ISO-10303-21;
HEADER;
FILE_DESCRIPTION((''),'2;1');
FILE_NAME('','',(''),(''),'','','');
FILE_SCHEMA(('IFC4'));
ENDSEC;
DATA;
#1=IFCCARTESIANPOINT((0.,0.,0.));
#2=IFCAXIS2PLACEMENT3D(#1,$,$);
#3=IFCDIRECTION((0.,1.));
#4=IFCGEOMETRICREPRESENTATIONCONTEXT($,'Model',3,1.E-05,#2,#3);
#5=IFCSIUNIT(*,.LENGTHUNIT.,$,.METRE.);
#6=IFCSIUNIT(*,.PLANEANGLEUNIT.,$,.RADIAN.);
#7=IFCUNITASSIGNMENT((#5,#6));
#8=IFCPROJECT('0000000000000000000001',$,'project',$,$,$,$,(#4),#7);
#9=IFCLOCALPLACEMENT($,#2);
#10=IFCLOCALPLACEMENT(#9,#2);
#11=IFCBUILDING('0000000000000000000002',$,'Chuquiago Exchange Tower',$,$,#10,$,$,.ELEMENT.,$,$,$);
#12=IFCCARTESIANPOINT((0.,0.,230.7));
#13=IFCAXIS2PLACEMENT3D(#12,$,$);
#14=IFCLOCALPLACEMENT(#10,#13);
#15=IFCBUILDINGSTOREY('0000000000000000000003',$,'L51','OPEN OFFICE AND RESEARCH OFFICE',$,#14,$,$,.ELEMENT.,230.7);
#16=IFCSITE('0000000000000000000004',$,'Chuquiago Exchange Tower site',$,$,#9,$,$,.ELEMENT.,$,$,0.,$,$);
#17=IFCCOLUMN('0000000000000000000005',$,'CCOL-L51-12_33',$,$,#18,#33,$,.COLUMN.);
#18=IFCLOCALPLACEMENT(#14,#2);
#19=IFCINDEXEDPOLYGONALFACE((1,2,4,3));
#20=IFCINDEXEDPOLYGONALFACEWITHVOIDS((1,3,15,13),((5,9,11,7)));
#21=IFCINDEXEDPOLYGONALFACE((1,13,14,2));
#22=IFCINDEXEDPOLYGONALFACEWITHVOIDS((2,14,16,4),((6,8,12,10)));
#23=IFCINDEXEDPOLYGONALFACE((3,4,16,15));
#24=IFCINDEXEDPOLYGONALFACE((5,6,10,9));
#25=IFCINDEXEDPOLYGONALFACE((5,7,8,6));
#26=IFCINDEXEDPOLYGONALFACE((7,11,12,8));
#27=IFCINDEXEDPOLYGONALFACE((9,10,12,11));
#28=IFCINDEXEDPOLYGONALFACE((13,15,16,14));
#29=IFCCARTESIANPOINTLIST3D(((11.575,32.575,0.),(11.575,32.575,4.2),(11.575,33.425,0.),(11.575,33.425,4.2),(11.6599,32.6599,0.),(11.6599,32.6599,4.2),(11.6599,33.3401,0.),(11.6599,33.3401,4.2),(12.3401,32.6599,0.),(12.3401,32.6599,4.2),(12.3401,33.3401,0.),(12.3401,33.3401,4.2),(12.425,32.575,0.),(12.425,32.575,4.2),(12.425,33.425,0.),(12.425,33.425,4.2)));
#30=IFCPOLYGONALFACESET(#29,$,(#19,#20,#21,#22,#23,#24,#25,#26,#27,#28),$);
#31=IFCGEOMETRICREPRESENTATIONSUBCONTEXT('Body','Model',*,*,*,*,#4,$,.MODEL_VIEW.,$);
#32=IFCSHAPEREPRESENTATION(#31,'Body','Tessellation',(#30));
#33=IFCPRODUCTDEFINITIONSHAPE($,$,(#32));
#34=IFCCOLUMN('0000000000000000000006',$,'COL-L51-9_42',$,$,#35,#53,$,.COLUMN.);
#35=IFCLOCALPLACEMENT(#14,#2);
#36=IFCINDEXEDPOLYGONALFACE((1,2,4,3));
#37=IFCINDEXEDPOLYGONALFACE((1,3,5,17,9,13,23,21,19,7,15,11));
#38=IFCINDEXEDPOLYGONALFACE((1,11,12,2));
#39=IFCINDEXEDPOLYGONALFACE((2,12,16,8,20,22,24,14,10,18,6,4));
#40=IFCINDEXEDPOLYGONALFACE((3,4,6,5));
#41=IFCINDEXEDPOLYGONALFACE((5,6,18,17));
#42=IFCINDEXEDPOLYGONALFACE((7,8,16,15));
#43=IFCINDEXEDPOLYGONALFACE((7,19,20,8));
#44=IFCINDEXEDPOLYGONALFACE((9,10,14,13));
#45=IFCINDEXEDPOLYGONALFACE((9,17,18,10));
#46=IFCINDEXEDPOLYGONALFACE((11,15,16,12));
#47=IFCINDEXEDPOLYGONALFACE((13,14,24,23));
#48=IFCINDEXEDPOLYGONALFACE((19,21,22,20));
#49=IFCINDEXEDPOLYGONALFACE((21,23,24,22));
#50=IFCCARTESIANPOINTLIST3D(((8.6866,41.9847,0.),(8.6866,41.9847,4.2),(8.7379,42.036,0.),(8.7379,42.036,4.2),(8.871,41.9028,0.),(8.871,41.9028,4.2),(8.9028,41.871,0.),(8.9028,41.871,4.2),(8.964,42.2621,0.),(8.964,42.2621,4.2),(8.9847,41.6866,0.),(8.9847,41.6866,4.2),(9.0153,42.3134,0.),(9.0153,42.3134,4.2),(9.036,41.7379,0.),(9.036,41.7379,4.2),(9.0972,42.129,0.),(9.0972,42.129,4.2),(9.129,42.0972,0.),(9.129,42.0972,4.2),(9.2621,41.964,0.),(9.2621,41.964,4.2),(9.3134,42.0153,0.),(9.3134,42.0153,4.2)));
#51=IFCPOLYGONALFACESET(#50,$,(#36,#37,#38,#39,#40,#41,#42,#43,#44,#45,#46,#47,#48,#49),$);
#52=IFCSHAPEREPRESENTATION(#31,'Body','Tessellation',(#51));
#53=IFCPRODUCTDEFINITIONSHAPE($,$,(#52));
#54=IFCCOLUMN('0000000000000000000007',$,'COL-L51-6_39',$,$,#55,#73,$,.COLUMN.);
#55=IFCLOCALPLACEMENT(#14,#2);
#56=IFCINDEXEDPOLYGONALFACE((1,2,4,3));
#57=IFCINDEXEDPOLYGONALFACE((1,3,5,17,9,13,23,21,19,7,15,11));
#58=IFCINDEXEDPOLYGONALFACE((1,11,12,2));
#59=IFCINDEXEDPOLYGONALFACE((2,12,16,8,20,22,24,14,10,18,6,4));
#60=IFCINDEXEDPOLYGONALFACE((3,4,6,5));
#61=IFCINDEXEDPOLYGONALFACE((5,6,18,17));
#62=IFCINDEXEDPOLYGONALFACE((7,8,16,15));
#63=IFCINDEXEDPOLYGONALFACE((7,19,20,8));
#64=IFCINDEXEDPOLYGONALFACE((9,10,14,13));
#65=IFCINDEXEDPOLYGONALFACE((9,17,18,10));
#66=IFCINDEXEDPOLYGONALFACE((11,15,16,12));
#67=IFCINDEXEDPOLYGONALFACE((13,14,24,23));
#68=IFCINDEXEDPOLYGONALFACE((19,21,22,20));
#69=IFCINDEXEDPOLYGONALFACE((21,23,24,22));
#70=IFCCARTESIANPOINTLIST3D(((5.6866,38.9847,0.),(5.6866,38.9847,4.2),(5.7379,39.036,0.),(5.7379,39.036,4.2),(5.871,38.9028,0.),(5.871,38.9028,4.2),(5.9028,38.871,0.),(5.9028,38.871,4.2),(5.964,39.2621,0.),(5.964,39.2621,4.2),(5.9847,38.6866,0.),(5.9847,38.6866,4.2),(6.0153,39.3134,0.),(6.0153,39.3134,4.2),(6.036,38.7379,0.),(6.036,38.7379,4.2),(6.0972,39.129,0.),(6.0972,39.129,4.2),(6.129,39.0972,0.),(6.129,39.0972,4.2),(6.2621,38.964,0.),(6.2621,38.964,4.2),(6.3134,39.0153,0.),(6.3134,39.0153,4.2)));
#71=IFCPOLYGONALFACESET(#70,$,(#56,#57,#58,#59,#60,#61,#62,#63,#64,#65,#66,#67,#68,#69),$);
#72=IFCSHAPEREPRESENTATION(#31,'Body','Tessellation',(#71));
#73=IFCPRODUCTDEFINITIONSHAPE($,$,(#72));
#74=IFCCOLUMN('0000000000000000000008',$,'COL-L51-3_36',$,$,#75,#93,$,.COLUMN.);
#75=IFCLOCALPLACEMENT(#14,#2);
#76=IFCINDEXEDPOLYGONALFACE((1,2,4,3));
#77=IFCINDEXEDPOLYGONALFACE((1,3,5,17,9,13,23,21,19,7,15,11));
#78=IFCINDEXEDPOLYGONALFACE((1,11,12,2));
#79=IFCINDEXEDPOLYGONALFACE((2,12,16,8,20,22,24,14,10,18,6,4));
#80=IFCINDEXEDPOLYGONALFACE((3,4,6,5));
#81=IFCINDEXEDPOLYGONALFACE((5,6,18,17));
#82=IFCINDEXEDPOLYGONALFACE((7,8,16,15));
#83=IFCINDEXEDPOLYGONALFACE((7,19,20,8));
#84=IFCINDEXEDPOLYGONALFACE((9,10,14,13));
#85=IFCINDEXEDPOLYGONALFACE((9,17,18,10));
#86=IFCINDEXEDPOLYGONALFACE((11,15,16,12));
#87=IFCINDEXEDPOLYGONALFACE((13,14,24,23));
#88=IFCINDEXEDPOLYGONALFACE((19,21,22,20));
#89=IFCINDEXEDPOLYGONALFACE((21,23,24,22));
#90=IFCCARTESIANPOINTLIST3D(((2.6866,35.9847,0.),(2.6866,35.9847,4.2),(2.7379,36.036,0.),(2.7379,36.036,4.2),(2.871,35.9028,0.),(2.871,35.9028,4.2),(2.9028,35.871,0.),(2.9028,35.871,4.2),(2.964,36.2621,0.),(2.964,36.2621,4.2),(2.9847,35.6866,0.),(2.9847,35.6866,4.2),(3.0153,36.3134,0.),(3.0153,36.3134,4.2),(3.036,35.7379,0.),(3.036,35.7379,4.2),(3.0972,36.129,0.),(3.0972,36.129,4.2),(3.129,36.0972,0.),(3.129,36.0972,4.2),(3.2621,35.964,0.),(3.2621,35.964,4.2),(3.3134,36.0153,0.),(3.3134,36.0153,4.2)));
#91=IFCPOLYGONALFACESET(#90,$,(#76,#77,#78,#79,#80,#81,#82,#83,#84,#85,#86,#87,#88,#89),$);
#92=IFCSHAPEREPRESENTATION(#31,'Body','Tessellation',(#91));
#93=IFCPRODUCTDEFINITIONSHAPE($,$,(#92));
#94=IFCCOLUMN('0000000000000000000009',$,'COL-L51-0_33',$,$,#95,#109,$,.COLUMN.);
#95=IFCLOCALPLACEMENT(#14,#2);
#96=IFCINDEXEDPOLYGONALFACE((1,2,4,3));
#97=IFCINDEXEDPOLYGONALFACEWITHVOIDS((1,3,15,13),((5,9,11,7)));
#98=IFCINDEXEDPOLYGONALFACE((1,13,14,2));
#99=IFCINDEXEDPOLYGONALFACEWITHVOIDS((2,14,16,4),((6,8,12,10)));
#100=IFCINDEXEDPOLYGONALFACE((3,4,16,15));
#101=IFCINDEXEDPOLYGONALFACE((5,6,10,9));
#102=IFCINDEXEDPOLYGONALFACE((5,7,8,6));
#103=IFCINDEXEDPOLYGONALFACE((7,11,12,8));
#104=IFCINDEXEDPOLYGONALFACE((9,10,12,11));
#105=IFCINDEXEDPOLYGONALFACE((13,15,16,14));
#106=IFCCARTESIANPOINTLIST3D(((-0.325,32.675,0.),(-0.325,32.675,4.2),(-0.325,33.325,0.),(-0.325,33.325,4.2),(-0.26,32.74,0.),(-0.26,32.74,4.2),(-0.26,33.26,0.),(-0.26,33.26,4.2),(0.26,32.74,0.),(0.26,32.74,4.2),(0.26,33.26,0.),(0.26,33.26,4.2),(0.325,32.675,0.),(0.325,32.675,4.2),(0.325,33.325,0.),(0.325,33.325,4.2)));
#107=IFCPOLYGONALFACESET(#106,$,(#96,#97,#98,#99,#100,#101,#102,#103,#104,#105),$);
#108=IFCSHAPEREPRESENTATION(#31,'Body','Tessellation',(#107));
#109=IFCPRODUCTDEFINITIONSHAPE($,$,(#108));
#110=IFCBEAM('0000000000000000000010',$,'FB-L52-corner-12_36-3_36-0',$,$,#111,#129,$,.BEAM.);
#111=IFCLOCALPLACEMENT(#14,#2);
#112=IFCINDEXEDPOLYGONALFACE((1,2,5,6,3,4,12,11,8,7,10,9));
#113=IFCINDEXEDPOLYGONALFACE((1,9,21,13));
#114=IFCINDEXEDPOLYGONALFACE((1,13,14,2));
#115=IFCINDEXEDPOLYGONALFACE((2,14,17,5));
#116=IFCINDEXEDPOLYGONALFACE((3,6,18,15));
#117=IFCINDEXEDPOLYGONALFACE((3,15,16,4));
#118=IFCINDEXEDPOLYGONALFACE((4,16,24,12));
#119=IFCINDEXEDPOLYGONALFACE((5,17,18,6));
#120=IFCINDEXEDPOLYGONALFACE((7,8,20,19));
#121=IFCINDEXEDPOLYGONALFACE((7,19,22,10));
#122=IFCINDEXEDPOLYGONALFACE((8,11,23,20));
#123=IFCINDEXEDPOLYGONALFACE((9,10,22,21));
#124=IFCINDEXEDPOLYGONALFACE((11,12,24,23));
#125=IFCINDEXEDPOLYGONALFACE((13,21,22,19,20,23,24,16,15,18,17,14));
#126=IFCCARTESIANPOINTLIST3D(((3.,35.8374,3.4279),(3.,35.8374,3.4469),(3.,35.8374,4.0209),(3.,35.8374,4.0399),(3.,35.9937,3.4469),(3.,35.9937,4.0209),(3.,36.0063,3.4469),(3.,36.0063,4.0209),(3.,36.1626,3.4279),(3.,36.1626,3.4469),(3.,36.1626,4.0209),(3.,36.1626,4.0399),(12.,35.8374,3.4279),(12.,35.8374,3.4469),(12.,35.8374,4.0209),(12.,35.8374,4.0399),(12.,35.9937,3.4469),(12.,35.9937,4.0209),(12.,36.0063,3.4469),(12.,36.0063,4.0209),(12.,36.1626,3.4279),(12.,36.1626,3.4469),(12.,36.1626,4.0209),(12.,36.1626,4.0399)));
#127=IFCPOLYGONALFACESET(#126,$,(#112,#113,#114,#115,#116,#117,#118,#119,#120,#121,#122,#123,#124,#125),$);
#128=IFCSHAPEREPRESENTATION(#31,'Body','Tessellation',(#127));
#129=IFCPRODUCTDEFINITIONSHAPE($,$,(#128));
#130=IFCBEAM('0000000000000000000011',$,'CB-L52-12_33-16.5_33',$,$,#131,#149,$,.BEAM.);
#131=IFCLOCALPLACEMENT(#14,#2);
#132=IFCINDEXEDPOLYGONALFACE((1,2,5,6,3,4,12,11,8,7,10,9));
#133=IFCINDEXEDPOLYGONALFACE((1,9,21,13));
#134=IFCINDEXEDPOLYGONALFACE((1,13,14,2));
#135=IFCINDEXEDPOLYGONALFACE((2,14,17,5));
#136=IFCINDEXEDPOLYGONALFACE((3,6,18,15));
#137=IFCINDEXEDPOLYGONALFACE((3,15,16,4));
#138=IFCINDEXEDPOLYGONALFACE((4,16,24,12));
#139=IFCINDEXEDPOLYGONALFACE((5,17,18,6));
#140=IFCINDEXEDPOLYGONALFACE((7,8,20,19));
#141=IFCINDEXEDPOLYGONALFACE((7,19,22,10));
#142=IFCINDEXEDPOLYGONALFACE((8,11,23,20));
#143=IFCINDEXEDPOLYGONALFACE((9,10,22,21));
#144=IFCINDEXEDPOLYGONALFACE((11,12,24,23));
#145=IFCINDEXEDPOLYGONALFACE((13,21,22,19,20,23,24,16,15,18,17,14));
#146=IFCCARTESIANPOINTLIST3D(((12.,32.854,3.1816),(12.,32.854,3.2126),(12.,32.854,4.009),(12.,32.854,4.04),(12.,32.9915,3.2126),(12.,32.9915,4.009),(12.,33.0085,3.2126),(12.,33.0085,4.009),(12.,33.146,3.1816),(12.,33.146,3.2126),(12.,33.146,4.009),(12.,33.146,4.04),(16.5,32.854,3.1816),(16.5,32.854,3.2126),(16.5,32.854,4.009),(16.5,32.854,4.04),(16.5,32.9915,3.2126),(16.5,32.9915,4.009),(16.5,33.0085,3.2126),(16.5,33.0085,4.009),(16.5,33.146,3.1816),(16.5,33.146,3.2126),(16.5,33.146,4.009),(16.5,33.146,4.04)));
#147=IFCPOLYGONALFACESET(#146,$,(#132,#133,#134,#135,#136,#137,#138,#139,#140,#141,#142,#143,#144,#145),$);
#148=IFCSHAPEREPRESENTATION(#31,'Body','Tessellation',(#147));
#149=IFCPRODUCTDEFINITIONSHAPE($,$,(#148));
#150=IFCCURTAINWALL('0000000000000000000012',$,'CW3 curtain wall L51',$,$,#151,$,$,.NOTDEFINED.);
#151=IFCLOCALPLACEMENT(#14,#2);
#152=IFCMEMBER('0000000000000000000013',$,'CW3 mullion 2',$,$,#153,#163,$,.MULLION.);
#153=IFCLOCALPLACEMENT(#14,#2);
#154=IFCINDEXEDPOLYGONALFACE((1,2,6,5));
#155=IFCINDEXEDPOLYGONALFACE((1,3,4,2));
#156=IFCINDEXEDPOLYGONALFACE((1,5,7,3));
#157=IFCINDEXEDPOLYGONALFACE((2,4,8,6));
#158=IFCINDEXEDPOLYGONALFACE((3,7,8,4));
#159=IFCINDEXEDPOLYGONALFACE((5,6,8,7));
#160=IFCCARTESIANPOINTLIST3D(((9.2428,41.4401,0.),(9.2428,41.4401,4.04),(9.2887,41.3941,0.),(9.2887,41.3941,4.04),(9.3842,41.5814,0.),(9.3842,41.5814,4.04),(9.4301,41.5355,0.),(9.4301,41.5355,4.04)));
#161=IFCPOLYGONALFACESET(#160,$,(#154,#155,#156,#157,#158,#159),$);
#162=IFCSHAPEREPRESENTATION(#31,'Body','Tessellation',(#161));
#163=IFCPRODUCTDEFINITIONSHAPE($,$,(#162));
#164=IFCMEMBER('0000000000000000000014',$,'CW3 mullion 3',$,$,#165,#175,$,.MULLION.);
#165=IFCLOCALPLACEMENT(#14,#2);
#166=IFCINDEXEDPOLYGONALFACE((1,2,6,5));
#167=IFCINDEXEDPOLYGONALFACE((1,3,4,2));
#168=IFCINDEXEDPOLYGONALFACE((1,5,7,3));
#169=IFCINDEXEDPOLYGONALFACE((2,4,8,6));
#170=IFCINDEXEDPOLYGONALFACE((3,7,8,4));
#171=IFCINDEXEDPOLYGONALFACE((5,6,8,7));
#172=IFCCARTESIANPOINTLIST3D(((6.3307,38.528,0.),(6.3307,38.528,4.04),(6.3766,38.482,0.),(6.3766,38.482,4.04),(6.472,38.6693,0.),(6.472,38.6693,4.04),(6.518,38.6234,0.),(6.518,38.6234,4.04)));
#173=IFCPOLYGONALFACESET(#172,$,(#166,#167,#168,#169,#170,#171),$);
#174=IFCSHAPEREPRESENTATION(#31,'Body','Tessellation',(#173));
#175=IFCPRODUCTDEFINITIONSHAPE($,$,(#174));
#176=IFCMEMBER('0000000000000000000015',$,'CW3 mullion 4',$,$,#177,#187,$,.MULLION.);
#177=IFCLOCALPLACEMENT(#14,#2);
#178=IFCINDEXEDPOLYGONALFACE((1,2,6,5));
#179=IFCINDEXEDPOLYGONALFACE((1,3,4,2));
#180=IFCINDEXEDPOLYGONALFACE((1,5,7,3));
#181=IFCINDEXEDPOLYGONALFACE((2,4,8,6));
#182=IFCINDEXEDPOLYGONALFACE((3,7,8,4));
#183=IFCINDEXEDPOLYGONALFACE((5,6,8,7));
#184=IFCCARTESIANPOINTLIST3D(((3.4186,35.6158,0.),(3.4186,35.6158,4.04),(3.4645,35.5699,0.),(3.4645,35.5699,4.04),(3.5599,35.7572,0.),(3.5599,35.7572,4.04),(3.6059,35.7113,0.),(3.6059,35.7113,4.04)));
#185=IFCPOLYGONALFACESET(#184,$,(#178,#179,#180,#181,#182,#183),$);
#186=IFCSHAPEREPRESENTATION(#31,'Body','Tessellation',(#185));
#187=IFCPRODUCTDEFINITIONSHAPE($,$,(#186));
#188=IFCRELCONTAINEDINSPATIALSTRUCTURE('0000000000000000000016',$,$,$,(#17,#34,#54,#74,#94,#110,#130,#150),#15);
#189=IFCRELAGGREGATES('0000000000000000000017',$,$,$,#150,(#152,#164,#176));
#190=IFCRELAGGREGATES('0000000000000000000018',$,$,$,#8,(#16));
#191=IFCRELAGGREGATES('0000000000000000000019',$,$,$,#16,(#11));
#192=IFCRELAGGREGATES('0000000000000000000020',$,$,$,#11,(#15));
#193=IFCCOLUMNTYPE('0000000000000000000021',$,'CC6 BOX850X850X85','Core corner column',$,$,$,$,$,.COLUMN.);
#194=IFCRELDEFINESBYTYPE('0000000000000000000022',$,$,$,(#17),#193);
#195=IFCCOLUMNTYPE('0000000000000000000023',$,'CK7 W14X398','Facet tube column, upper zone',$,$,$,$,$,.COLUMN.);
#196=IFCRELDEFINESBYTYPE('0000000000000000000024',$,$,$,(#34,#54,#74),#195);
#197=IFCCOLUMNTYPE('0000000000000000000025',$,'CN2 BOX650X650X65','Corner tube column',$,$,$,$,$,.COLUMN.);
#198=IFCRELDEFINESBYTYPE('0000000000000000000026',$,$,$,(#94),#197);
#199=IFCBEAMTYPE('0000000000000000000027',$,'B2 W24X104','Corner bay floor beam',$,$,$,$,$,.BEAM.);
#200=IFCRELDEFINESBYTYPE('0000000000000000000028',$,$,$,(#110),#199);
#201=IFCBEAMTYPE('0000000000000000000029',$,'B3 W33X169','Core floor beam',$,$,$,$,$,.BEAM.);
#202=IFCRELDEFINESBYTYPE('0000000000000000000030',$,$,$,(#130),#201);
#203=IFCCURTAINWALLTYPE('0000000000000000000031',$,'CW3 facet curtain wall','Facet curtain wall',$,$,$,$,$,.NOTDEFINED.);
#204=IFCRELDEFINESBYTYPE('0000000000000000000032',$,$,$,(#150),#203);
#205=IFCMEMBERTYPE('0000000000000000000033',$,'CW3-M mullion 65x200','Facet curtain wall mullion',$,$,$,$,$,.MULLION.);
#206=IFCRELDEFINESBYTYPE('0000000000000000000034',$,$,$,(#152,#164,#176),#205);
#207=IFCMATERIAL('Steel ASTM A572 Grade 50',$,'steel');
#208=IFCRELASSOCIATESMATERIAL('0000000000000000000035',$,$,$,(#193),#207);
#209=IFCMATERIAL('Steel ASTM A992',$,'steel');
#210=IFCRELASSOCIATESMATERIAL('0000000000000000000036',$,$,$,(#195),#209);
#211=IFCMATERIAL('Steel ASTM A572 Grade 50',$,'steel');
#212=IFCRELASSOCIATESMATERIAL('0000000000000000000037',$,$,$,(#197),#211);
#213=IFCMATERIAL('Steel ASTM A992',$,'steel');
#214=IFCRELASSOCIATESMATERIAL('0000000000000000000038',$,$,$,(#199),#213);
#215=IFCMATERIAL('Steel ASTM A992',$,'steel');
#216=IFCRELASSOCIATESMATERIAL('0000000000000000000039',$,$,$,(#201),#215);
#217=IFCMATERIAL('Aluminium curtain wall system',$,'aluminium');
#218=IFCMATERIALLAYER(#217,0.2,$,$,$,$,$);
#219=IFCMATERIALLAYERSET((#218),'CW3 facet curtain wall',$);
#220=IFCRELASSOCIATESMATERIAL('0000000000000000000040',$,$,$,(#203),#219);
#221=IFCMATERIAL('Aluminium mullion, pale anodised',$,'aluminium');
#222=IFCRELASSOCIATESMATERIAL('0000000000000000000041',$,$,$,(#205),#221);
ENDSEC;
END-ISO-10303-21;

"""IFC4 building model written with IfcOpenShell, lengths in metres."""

from ifc_helpers import new_model, si_unit, direction, frame, origin, origin_2d, place, context, subcontext, project, spatial, rectangle, hollow_rectangle, i_section, extrude, material, layer, layer_set, material_profile, profile_set, type_object, element, aggregate, save


model = new_model("IFC4")

# Units and contexts
model_context = context("Model", 3, precision=1e-05, world=origin(), true_north=direction((0.0, 1.0)))
body_context = subcontext(model_context, "Body", "Model", "MODEL_VIEW")
ifc_project = project(units=[si_unit("LENGTHUNIT", "METRE"), si_unit("PLANEANGLEUNIT", "RADIAN")], contexts=[model_context])

# Site, building, storey
site_placement = place(None, origin())
site = spatial("IfcSite", under=ifc_project, at=site_placement, Name="Chuquiago Exchange Tower site", CompositionType="ELEMENT", RefElevation=0.0)
building_placement = place(site_placement, origin())
building = spatial("IfcBuilding", under=site, at=building_placement, Name="Chuquiago Exchange Tower", CompositionType="ELEMENT")
storey_placement = place(building_placement, frame((0.0, 0.0, 230.7)))
storey = spatial("IfcBuildingStorey", under=building, at=storey_placement, Name="L51", Description="OPEN OFFICE AND RESEARCH OFFICE", CompositionType="ELEMENT", Elevation=230.7)

# Columns
ifc_material_1 = material(Name="Steel ASTM A572 Grade 50", Category="steel")
ifc_material_profile_1 = material_profile(ifc_material_1, hollow_rectangle(XDim=0.8501, YDim=0.8501, WallThickness=0.085, at=origin_2d()), Name="BOX850X850X85")
ifc_profile_set_1 = profile_set([ifc_material_profile_1], Name="Steel ASTM A572 Grade 50")
column_type_1 = type_object("IfcColumnType", Name="CC6 BOX850X850X85", Description="Core corner column", PredefinedType="COLUMN", material=ifc_profile_set_1)
column_1_placement = place(storey_placement, frame((12.0, 33.0, 0.0), z_axis=(0.0, 0.0, 1.0), x_axis=(1.0, 0.0, 0.0)))
element("IfcColumn", 1, at=column_1_placement, inside=storey, type_object=column_type_1, Name="CCOL-L51-12_33", PredefinedType="COLUMN", context=body_context, shape_type="SweptSolid", body=[
    extrude(hollow_rectangle(XDim=0.8501, YDim=0.8501, WallThickness=0.085, at=origin_2d()), origin(), (0.0, 0.0, 1.0), 4.2),
])
ifc_material_2 = material(Name="Steel ASTM A992", Category="steel")
ifc_material_profile_2 = material_profile(ifc_material_2, i_section(OverallWidth=0.4216, OverallDepth=0.4648, WebThickness=0.0449, FlangeThickness=0.0725, at=origin_2d()), Name="W14X398")
ifc_profile_set_2 = profile_set([ifc_material_profile_2], Name="Steel ASTM A992")
column_type_2 = type_object("IfcColumnType", Name="CK7 W14X398", Description="Facet tube column, upper zone", PredefinedType="COLUMN", material=ifc_profile_set_2)
for number, where, z_axis, x_axis, name in (
    (2, (9.0, 42.0, 0.0), (0.0, 0.0, 1.0), (-0.707107, 0.707107, 0.0), "COL-L51-9_42"),
    (3, (6.0, 39.0, 0.0), (0.0, 0.0, 1.0), (-0.707107, 0.707107, 0.0), "COL-L51-6_39"),
    (4, (3.0, 36.0, 0.0), (0.0, 0.0, 1.0), (-0.707107, 0.707107, 0.0), "COL-L51-3_36"),
):
    element("IfcColumn", number, at=place(storey_placement, frame(where, z_axis=z_axis, x_axis=x_axis)), inside=storey, type_object=column_type_2, Name=name, PredefinedType="COLUMN", context=body_context, shape_type="SweptSolid", body=[
        extrude(i_section(OverallWidth=0.4216, OverallDepth=0.4648, WebThickness=0.0449, FlangeThickness=0.0725, at=origin_2d()), origin(), (0.0, 0.0, 1.0), 4.2),
    ])
ifc_material_3 = material(Name="Steel ASTM A572 Grade 50", Category="steel")
ifc_material_profile_3 = material_profile(ifc_material_3, hollow_rectangle(XDim=0.6499, YDim=0.6499, WallThickness=0.0649, at=origin_2d()), Name="BOX650X650X65")
ifc_profile_set_3 = profile_set([ifc_material_profile_3], Name="Steel ASTM A572 Grade 50")
column_type_3 = type_object("IfcColumnType", Name="CN2 BOX650X650X65", Description="Corner tube column", PredefinedType="COLUMN", material=ifc_profile_set_3)
column_2_placement = place(storey_placement, frame((0.0, 33.0, 0.0), z_axis=(0.0, 0.0, 1.0), x_axis=(-1.0, 0.0, 0.0)))
element("IfcColumn", 5, at=column_2_placement, inside=storey, type_object=column_type_3, Name="COL-L51-0_33", PredefinedType="COLUMN", context=body_context, shape_type="SweptSolid", body=[
    extrude(hollow_rectangle(XDim=0.6499, YDim=0.6499, WallThickness=0.0649, at=origin_2d()), origin(), (0.0, 0.0, 1.0), 4.2),
])

# Beams
ifc_material_4 = material(Name="Steel ASTM A992", Category="steel")
ifc_material_profile_4 = material_profile(ifc_material_4, i_section(OverallWidth=0.3252, OverallDepth=0.6121, WebThickness=0.0127, FlangeThickness=0.019, at=origin_2d()), Name="W24X104")
ifc_profile_set_4 = profile_set([ifc_material_profile_4], Name="Steel ASTM A992")
beam_type_1 = type_object("IfcBeamType", Name="B2 W24X104", Description="Corner bay floor beam", PredefinedType="BEAM", material=ifc_profile_set_4)
beam_1_placement = place(storey_placement, frame((12.0, 36.0, 3.7339), z_axis=(-1.0, 0.0, 0.0), x_axis=(0.0, -1.0, 0.0)))
element("IfcBeam", 6, at=beam_1_placement, inside=storey, type_object=beam_type_1, Name="FB-L52-corner-12_36-3_36-0", PredefinedType="BEAM", context=body_context, shape_type="SweptSolid", body=[
    extrude(i_section(OverallWidth=0.3252, OverallDepth=0.6121, WebThickness=0.0127, FlangeThickness=0.019, at=origin_2d()), origin(), (0.0, 0.0, 1.0), 9.0),
])
ifc_material_5 = material(Name="Steel ASTM A992", Category="steel")
ifc_material_profile_5 = material_profile(ifc_material_5, i_section(OverallWidth=0.292, OverallDepth=0.8584, WebThickness=0.0171, FlangeThickness=0.031, at=origin_2d()), Name="W33X169")
ifc_profile_set_5 = profile_set([ifc_material_profile_5], Name="Steel ASTM A992")
beam_type_2 = type_object("IfcBeamType", Name="B3 W33X169", Description="Core floor beam", PredefinedType="BEAM", material=ifc_profile_set_5)
beam_2_placement = place(storey_placement, frame((12.0, 33.0, 3.6108), z_axis=(1.0, 0.0, 0.0), x_axis=(0.0, 1.0, 0.0)))
element("IfcBeam", 7, at=beam_2_placement, inside=storey, type_object=beam_type_2, Name="CB-L52-12_33-16.5_33", PredefinedType="BEAM", context=body_context, shape_type="SweptSolid", body=[
    extrude(i_section(OverallWidth=0.292, OverallDepth=0.8584, WebThickness=0.0171, FlangeThickness=0.031, at=origin_2d()), origin(), (0.0, 0.0, 1.0), 4.5),
])

# Curtain wall, members
ifc_material_6 = material(Name="Aluminium curtain wall system", Category="aluminium")
ifc_layer_1 = layer(ifc_material_6, 0.2)
ifc_layer_set_1 = layer_set([ifc_layer_1], Name="CW3 facet curtain wall")
curtain_wall_type = type_object("IfcCurtainWallType", Name="CW3 facet curtain wall", Description="Facet curtain wall", PredefinedType="NOTDEFINED", material=ifc_layer_set_1)
curtain_wall_placement = place(storey_placement, origin())
curtain_wall = element("IfcCurtainWall", 8, at=curtain_wall_placement, inside=storey, type_object=curtain_wall_type, Name="CW3 curtain wall L51", PredefinedType="NOTDEFINED")
ifc_material_7 = material(Name="Aluminium mullion, pale anodised", Category="aluminium")
ifc_material_profile_6 = material_profile(ifc_material_7, rectangle(XDim=0.0649, YDim=0.2, at=origin_2d()), Name="AL 65x200")
ifc_profile_set_6 = profile_set([ifc_material_profile_6], Name="Aluminium mullion, pale anodised")
member_type_1 = type_object("IfcMemberType", Name="CW3-M mullion 65x200", Description="Facet curtain wall mullion", PredefinedType="MULLION", material=ifc_profile_set_6)
member_1_placement = place(storey_placement, frame((9.3364, 41.4878, 0.0), z_axis=(0.0, 0.0, 1.0), x_axis=(0.707107, -0.707107, 0.0)))
member_1 = element("IfcMember", 9, at=member_1_placement, type_object=member_type_1, Name="CW3 mullion 2", PredefinedType="MULLION", context=body_context, shape_type="SweptSolid", body=[
    extrude(rectangle(XDim=0.0649, YDim=0.2, at=origin_2d()), origin(), (0.0, 0.0, 1.0), 4.04),
])
member_2_placement = place(storey_placement, frame((6.4243, 38.5757, 0.0), z_axis=(0.0, 0.0, 1.0), x_axis=(0.707107, -0.707107, 0.0)))
member_2 = element("IfcMember", 10, at=member_2_placement, type_object=member_type_1, Name="CW3 mullion 3", PredefinedType="MULLION", context=body_context, shape_type="SweptSolid", body=[
    extrude(rectangle(XDim=0.0649, YDim=0.2, at=origin_2d()), origin(), (0.0, 0.0, 1.0), 4.04),
])
member_3_placement = place(storey_placement, frame((3.5122, 35.6636, 0.0), z_axis=(0.0, 0.0, 1.0), x_axis=(0.707107, -0.707107, 0.0)))
member_3 = element("IfcMember", 11, at=member_3_placement, type_object=member_type_1, Name="CW3 mullion 4", PredefinedType="MULLION", context=body_context, shape_type="SweptSolid", body=[
    extrude(rectangle(XDim=0.0649, YDim=0.2, at=origin_2d()), origin(), (0.0, 0.0, 1.0), 4.04),
])

aggregate(curtain_wall, [member_1, member_2, member_3])

save(model, "model.ifc")
